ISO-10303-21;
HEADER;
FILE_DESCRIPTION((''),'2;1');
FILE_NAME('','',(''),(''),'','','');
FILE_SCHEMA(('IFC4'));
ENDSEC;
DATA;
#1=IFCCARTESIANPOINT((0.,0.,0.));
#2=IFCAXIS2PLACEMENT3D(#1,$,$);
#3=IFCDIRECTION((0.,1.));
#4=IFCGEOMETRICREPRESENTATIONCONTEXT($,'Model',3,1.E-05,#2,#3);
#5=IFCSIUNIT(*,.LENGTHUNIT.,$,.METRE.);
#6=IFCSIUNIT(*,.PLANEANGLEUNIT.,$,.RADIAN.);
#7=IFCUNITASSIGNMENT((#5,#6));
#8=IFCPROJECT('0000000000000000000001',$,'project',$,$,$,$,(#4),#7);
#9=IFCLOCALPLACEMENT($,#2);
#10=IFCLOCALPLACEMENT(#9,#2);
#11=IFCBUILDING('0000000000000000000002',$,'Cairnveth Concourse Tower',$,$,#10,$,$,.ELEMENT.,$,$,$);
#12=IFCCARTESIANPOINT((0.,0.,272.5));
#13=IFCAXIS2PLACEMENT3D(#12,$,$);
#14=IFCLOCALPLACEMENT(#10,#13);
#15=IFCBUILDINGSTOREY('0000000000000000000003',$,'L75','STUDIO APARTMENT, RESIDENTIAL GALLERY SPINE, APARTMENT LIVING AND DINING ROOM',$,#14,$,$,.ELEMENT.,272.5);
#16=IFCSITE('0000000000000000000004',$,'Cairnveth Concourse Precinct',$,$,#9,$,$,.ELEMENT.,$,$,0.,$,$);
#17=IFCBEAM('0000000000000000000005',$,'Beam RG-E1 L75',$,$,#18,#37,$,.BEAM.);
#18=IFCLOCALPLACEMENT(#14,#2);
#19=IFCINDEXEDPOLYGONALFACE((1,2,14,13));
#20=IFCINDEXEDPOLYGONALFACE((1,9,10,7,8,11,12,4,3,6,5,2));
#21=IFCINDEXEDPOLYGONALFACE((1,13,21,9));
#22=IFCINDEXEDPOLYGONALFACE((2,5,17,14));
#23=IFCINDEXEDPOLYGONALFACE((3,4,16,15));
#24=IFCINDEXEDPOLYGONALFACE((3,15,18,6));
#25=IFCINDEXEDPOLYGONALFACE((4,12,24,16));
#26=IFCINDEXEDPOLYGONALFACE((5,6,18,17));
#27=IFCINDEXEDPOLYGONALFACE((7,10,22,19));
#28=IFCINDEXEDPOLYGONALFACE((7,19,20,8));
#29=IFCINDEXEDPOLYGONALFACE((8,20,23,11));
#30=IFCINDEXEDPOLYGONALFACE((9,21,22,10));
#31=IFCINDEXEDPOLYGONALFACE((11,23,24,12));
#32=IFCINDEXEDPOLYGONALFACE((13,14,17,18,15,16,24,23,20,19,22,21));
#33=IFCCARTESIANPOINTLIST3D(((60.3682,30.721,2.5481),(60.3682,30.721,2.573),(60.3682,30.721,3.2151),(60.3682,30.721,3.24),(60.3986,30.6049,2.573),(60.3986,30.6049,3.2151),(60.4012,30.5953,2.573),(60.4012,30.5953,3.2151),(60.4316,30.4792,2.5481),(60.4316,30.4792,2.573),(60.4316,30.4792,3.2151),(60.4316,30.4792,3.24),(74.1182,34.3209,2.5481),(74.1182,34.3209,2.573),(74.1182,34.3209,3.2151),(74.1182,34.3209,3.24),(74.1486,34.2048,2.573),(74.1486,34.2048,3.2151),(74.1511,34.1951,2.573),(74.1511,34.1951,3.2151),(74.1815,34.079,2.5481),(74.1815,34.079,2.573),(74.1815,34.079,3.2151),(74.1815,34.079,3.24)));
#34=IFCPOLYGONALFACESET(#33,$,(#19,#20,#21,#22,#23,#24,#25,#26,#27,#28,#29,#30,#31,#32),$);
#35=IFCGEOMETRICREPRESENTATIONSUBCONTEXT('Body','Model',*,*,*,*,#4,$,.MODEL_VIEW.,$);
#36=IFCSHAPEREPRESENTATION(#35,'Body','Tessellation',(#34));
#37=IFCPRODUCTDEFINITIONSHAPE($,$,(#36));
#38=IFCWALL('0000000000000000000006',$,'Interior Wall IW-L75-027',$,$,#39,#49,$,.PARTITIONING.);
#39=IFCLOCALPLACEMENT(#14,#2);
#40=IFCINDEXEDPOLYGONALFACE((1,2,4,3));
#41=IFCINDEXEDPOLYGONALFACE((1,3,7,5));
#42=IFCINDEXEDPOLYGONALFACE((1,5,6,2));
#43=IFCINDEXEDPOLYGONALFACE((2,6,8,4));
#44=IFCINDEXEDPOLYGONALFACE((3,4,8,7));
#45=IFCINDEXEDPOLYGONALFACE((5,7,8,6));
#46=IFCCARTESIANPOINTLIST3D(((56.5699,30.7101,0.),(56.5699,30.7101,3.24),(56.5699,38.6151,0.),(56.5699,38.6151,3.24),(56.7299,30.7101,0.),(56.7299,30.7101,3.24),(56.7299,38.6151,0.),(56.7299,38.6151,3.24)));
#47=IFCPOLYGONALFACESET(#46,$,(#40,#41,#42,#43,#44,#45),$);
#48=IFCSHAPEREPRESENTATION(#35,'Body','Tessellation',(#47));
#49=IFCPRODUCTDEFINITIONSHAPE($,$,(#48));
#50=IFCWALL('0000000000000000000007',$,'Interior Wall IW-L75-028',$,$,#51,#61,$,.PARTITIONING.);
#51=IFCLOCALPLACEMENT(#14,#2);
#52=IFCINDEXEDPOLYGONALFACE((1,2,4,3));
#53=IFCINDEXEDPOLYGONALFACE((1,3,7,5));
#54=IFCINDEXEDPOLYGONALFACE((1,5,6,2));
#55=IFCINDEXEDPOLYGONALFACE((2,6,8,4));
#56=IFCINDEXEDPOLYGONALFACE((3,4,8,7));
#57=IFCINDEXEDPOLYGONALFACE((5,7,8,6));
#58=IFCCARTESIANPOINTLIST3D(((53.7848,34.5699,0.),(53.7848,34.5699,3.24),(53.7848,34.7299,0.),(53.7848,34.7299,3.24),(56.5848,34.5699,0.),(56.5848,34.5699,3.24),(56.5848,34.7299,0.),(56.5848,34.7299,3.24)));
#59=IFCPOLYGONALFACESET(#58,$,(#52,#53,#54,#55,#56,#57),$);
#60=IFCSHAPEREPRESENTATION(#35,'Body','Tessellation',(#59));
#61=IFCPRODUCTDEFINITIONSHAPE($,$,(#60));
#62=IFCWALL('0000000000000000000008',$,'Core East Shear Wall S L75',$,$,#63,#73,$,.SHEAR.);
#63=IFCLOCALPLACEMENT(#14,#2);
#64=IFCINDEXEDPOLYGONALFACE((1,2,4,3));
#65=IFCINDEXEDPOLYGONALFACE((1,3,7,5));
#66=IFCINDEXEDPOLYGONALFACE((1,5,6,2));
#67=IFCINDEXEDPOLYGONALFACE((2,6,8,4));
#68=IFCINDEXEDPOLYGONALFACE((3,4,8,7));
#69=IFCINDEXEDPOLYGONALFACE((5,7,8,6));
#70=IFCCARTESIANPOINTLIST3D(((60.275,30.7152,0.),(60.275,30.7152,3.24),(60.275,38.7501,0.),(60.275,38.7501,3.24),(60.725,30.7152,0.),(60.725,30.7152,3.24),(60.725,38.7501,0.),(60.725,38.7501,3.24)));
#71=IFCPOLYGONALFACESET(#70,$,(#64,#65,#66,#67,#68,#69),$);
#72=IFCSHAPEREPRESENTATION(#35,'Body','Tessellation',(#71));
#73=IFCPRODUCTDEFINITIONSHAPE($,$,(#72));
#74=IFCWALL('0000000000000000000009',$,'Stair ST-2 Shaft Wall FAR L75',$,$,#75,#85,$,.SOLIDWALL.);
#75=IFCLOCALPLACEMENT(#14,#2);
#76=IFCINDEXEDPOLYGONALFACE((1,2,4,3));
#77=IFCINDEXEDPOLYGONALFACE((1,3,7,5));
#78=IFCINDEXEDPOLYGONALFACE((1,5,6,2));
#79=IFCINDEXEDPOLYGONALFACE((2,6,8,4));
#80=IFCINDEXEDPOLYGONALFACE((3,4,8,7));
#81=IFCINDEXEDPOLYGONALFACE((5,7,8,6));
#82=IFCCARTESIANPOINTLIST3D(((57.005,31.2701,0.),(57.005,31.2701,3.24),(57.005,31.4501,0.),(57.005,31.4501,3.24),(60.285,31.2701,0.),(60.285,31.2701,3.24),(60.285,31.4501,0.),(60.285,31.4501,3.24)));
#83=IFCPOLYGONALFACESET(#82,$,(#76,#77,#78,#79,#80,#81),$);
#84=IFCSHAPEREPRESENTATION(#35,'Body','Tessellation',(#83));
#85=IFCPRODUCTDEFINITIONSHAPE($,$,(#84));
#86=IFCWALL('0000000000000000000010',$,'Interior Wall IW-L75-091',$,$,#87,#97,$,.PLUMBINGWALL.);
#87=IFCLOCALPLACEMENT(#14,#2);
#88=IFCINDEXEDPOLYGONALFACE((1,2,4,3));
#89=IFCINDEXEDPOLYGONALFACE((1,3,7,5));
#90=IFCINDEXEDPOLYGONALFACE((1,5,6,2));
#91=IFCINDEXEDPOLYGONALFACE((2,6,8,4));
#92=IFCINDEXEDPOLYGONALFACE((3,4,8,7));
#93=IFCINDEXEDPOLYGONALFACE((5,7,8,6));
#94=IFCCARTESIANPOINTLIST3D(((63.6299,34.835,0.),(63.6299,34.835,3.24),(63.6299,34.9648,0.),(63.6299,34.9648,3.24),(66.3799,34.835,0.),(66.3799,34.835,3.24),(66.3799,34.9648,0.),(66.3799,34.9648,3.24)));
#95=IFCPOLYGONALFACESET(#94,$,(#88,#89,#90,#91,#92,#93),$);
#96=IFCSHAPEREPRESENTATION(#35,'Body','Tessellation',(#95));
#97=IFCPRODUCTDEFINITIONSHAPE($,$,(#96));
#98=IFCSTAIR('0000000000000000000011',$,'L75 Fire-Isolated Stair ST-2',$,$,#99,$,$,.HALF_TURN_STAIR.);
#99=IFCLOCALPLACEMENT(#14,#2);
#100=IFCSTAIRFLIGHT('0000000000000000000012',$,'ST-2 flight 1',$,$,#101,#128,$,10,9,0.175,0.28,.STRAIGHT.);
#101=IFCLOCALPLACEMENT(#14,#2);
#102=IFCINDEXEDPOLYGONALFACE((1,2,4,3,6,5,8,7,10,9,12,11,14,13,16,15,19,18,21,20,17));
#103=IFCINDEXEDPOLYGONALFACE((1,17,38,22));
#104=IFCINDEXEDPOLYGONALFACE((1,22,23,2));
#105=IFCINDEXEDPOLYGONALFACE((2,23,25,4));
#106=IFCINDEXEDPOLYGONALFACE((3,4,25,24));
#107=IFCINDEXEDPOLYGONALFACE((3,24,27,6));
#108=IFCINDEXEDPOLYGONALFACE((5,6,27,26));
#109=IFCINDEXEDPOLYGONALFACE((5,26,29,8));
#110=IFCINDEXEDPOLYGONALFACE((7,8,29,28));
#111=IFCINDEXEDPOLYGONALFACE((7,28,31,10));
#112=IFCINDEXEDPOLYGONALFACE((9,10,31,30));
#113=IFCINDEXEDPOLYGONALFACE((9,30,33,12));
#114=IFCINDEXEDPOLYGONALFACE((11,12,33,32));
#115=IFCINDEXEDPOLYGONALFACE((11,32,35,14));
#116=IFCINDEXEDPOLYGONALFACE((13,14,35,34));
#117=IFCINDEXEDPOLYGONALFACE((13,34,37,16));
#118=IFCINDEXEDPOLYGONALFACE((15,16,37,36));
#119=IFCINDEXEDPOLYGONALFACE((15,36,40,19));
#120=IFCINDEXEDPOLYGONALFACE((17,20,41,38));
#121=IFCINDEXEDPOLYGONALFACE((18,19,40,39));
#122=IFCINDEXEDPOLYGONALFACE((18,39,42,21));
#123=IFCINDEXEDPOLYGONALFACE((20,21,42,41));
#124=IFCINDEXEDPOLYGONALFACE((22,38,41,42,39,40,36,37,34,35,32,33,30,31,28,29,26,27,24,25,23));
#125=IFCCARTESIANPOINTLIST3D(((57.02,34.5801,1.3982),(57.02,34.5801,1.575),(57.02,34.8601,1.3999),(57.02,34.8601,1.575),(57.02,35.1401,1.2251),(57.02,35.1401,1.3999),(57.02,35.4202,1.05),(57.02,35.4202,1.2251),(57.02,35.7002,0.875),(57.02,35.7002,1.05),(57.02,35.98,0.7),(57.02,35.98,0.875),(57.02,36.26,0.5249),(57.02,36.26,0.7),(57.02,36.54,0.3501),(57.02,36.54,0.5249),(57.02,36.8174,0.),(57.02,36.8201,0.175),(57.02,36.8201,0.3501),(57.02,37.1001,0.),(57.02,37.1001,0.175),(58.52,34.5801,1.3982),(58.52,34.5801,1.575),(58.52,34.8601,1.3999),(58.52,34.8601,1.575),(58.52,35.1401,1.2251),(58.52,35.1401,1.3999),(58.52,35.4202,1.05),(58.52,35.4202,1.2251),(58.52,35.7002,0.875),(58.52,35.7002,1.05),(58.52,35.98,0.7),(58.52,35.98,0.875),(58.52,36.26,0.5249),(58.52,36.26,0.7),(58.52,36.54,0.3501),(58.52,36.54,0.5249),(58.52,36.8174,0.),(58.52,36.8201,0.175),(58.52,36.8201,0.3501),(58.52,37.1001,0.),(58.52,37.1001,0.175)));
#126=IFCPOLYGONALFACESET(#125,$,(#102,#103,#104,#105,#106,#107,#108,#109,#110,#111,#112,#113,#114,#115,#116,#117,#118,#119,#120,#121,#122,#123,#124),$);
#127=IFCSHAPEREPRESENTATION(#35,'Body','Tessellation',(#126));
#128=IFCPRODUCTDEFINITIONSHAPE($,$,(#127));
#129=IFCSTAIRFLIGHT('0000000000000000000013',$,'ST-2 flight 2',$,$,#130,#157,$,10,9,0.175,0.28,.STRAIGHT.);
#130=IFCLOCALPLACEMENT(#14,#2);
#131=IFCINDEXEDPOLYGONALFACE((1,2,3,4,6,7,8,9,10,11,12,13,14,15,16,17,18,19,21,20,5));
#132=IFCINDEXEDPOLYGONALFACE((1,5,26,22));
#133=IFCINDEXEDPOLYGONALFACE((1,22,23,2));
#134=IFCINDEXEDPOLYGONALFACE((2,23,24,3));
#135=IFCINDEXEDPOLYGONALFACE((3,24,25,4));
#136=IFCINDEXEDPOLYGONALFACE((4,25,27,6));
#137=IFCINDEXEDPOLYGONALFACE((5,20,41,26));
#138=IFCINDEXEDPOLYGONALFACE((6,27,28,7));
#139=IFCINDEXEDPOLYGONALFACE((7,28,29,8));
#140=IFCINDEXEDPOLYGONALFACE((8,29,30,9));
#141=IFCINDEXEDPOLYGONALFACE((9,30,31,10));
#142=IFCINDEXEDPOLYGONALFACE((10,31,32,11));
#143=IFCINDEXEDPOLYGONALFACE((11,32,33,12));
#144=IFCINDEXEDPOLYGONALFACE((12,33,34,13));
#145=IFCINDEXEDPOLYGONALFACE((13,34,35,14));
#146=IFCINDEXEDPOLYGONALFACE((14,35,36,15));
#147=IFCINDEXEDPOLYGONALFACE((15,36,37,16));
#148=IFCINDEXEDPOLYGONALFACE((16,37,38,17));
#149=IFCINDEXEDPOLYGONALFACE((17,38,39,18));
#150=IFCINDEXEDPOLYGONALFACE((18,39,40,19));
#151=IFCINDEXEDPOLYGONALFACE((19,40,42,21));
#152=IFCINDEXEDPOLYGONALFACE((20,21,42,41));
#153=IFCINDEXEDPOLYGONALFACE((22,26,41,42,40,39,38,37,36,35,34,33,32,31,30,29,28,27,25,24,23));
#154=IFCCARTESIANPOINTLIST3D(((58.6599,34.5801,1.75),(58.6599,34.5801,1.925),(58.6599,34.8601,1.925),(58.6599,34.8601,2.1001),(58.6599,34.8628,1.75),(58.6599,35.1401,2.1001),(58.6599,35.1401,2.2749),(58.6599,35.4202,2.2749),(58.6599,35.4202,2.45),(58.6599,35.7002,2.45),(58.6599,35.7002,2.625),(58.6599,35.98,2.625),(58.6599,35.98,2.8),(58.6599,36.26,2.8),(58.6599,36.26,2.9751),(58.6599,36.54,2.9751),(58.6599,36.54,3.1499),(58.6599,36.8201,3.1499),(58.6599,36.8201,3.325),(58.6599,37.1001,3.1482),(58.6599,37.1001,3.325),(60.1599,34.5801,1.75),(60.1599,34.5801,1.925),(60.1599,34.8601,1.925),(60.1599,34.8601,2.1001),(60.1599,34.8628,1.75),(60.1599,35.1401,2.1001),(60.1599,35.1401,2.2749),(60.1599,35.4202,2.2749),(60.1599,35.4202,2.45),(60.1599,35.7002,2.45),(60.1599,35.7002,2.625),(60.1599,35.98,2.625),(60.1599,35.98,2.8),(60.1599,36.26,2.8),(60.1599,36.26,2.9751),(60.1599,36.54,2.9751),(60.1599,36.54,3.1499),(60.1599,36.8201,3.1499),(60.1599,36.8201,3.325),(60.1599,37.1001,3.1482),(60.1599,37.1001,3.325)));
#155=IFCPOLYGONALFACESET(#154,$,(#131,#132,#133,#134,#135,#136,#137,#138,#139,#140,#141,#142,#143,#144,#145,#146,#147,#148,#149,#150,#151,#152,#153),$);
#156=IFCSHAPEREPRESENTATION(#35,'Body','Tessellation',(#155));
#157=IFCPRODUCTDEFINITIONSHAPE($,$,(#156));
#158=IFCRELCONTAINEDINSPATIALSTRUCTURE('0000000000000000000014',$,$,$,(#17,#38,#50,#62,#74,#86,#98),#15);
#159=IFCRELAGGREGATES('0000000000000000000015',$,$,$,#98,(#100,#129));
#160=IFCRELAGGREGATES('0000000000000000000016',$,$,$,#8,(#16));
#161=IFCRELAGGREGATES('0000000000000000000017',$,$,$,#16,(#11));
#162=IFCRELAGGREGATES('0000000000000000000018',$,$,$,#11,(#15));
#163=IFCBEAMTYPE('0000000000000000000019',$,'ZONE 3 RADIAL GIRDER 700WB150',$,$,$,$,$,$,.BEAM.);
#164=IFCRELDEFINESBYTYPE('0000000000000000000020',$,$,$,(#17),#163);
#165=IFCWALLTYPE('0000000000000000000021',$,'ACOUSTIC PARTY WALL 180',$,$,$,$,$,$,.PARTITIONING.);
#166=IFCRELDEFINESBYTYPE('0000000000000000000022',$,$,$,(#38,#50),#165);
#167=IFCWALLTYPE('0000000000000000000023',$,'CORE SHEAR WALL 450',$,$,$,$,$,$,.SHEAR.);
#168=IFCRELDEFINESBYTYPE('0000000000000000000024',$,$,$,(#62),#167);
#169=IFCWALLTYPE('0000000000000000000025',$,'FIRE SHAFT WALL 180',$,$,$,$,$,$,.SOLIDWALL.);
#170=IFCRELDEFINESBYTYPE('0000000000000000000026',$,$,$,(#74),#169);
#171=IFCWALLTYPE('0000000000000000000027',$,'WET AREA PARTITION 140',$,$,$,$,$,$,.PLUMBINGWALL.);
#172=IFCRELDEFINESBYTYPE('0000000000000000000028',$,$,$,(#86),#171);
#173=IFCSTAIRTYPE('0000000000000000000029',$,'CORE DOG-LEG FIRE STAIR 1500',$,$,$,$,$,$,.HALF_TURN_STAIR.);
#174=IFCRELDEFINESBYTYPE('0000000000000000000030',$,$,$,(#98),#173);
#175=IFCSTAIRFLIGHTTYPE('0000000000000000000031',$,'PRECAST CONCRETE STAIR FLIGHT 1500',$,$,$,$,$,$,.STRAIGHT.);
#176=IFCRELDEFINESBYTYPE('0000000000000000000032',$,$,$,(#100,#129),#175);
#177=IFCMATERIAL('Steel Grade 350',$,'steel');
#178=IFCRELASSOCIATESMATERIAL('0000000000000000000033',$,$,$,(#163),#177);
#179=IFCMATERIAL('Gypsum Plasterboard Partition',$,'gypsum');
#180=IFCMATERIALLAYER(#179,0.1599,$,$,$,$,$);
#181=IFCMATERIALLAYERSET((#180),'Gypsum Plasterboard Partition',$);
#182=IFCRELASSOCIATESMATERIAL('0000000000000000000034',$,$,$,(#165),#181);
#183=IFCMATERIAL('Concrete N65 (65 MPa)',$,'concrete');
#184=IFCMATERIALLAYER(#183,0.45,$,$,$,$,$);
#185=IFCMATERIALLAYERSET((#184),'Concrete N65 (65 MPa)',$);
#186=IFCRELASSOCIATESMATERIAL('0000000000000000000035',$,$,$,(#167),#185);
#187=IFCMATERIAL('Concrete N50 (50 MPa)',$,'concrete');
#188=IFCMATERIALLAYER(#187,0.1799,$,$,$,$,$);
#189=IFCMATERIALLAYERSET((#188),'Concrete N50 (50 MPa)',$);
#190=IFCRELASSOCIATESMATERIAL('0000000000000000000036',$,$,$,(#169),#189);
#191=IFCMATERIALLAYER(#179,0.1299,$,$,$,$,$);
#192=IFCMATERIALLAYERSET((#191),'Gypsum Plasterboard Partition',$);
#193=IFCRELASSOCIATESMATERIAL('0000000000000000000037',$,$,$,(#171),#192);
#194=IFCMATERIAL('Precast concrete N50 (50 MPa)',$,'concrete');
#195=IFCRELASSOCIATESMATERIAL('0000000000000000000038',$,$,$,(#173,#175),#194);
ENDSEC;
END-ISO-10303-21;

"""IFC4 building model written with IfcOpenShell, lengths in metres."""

from ifc_helpers import new_model, si_unit, direction, frame, frame_2d, origin, origin_2d, place, context, subcontext, project, spatial, polyline, rectangle, i_section, outline, extrude, material, layer, layer_set, material_profile, profile_set, type_object, element, aggregate, save


model = new_model("IFC4")

# Units and contexts
model_context = context("Model", 3, precision=1e-05, world=origin(), true_north=direction((0.0, 1.0)))
body_context = subcontext(model_context, "Body", "Model", "MODEL_VIEW")
ifc_project = project(units=[si_unit("LENGTHUNIT", "METRE"), si_unit("PLANEANGLEUNIT", "RADIAN")], contexts=[model_context])

# Site, building, storey
site_placement = place(None, origin())
site = spatial("IfcSite", under=ifc_project, at=site_placement, Name="Cairnveth Concourse Precinct", CompositionType="ELEMENT", RefElevation=0.0)
building_placement = place(site_placement, origin())
building = spatial("IfcBuilding", under=site, at=building_placement, Name="Cairnveth Concourse Tower", CompositionType="ELEMENT")
storey_placement = place(building_placement, frame((0.0, 0.0, 272.5)))
storey = spatial("IfcBuildingStorey", under=building, at=storey_placement, Name="L75", Description="STUDIO APARTMENT, RESIDENTIAL GALLERY SPINE, APARTMENT LIVING AND DINING ROOM", CompositionType="ELEMENT", Elevation=272.5)

# Beam
ifc_material_1 = material(Name="Steel Grade 350", Category="steel")
ifc_material_profile = material_profile(ifc_material_1, i_section(OverallWidth=0.25, OverallDepth=0.6919, WebThickness=0.01, FlangeThickness=0.0249, at=origin_2d()), Name="700WB150")
ifc_profile_set = profile_set([ifc_material_profile], Name="Steel Grade 350")
beam_type = type_object("IfcBeamType", Name="ZONE 3 RADIAL GIRDER 700WB150", PredefinedType="BEAM", material=ifc_profile_set)
beam_placement = place(storey_placement, frame((60.3999, 30.6001, 2.894), z_axis=(0.967395, 0.253271, 0.0), x_axis=(-0.253271, 0.967395, 0.0)))
element("IfcBeam", 1, at=beam_placement, inside=storey, type_object=beam_type, Name="Beam RG-E1 L75", PredefinedType="BEAM", context=body_context, shape_type="SweptSolid", body=[
    extrude(i_section(OverallWidth=0.25, OverallDepth=0.6919, WebThickness=0.01, FlangeThickness=0.0249, at=origin_2d()), origin(), (0.0, 0.0, 1.0), 14.2134),
])

# Walls
ifc_material_2 = material(Name="Gypsum Plasterboard Partition", Category="gypsum")
ifc_layer_1 = layer(ifc_material_2, 0.1599)
ifc_layer_set_1 = layer_set([ifc_layer_1], Name="Gypsum Plasterboard Partition")
wall_type_1 = type_object("IfcWallType", Name="ACOUSTIC PARTY WALL 180", PredefinedType="PARTITIONING", material=ifc_layer_set_1)
wall_1_placement = place(storey_placement, frame((56.6499, 30.71, 0.0), z_axis=(0.0, 0.0, 1.0), x_axis=(0.0, 1.0, 0.0)))
element("IfcWall", 2, at=wall_1_placement, inside=storey, type_object=wall_type_1, Name="Interior Wall IW-L75-027", PredefinedType="PARTITIONING", context=body_context, shape_type="SweptSolid", body=[
    extrude(rectangle(XDim=7.905, YDim=0.1599, at=frame_2d((3.9526, 0.0))), origin(), (0.0, 0.0, 1.0), 3.24),
])
wall_2_placement = place(storey_placement, frame((53.7849, 34.6499, 0.0), z_axis=(0.0, 0.0, 1.0), x_axis=(1.0, 0.0, 0.0)))
element("IfcWall", 3, at=wall_2_placement, inside=storey, type_object=wall_type_1, Name="Interior Wall IW-L75-028", PredefinedType="PARTITIONING", context=body_context, shape_type="SweptSolid", body=[
    extrude(rectangle(XDim=2.8, YDim=0.1599, at=frame_2d((1.3999, 0.0))), origin(), (0.0, 0.0, 1.0), 3.24),
])
ifc_material_3 = material(Name="Concrete N65 (65 MPa)", Category="concrete")
ifc_layer_2 = layer(ifc_material_3, 0.45)
ifc_layer_set_2 = layer_set([ifc_layer_2], Name="Concrete N65 (65 MPa)")
wall_type_2 = type_object("IfcWallType", Name="CORE SHEAR WALL 450", PredefinedType="SHEAR", material=ifc_layer_set_2)
wall_3_placement = place(storey_placement, frame((60.5, 30.7151, 0.0), z_axis=(0.0, 0.0, 1.0), x_axis=(0.0, 1.0, 0.0)))
element("IfcWall", 4, at=wall_3_placement, inside=storey, type_object=wall_type_2, Name="Core East Shear Wall S L75", PredefinedType="SHEAR", context=body_context, shape_type="SweptSolid", body=[
    extrude(rectangle(XDim=8.0349, YDim=0.45, at=frame_2d((4.0176, 0.0))), origin(), (0.0, 0.0, 1.0), 3.24),
])

# Shared definitions
ifc_material_4 = material(Name="Concrete N50 (50 MPa)", Category="concrete")
ifc_layer_3 = layer(ifc_material_4, 0.1799)
ifc_layer_set_3 = layer_set([ifc_layer_3], Name="Concrete N50 (50 MPa)")
wall_type_3 = type_object("IfcWallType", Name="FIRE SHAFT WALL 180", PredefinedType="SOLIDWALL", material=ifc_layer_set_3)

# Wall
wall_4_placement = place(storey_placement, frame((57.0049, 31.3601, 0.0), z_axis=(0.0, 0.0, 1.0), x_axis=(1.0, 0.0, 0.0)))
element("IfcWall", 5, at=wall_4_placement, inside=storey, type_object=wall_type_3, Name="Stair ST-2 Shaft Wall FAR L75", PredefinedType="SOLIDWALL", context=body_context, shape_type="SweptSolid", body=[
    extrude(rectangle(XDim=3.28, YDim=0.1799, at=frame_2d((1.6401, 0.0))), origin(), (0.0, 0.0, 1.0), 3.24),
])

# Wall
ifc_layer_4 = layer(ifc_material_2, 0.1299)
ifc_layer_set_4 = layer_set([ifc_layer_4], Name="Gypsum Plasterboard Partition")
wall_type_4 = type_object("IfcWallType", Name="WET AREA PARTITION 140", PredefinedType="PLUMBINGWALL", material=ifc_layer_set_4)
wall_5_placement = place(storey_placement, frame((63.6299, 34.8999, 0.0), z_axis=(0.0, 0.0, 1.0), x_axis=(1.0, 0.0, 0.0)))
element("IfcWall", 6, at=wall_5_placement, inside=storey, type_object=wall_type_4, Name="Interior Wall IW-L75-091", PredefinedType="PLUMBINGWALL", context=body_context, shape_type="SweptSolid", body=[
    extrude(rectangle(XDim=2.75, YDim=0.1299, at=frame_2d((1.375, 0.0))), origin(), (0.0, 0.0, 1.0), 3.24),
])

# Stair, stair flights
ifc_material_5 = material(Name="Precast concrete N50 (50 MPa)", Category="concrete")
stair_type = type_object("IfcStairType", Name="CORE DOG-LEG FIRE STAIR 1500", PredefinedType="HALF_TURN_STAIR", material=ifc_material_5)
stair_placement = place(storey_placement, origin())
stair = element("IfcStair", 7, at=stair_placement, inside=storey, type_object=stair_type, Name="L75 Fire-Isolated Stair ST-2", PredefinedType="HALF_TURN_STAIR")
stair_flight_type = type_object("IfcStairFlightType", Name="PRECAST CONCRETE STAIR FLIGHT 1500", PredefinedType="STRAIGHT", material=ifc_material_5)
stair_flight_1_placement = place(storey_placement, frame((57.77, 37.1001, 0.0), z_axis=(0.0, 0.0, 1.0), x_axis=(0.0, -1.0, 0.0)))
stair_flight_1 = element("IfcStairFlight", 8, at=stair_flight_1_placement, type_object=stair_flight_type, Name="ST-2 flight 1", NumberOfRisers=10, NumberOfTreads=9, PredefinedType="STRAIGHT", RiserHeight=0.175, TreadLength=0.28, context=body_context, shape_type="SweptSolid", body=[
    extrude(outline(polyline([(0.0, 0.0), (0.0, 0.175), (0.28, 0.175), (0.28, 0.3501), (0.5601, 0.3501), (0.5601, 0.5249), (0.8401, 0.5249), (0.8401, 0.7), (1.1201, 0.7), (1.1201, 0.875), (1.3999, 0.875), (1.3999, 1.05), (1.6799, 1.05), (1.6799, 1.2251), (1.96, 1.2251), (1.96, 1.3999), (2.24, 1.3999), (2.24, 1.575), (2.52, 1.575), (2.52, 1.75), (2.52, 1.3982), (0.2827, 0.0), (0.0, 0.0)])), frame((0.0, 0.75, 0.0), z_axis=(0.0, -1.0, 0.0), x_axis=(1.0, 0.0, 0.0)), (0.0, 0.0, 1.0), 1.5),
])
stair_flight_2_placement = place(storey_placement, frame((59.4099, 34.5801, 1.75), z_axis=(0.0, 0.0, 1.0), x_axis=(0.0, 1.0, 0.0)))
stair_flight_2 = element("IfcStairFlight", 9, at=stair_flight_2_placement, type_object=stair_flight_type, Name="ST-2 flight 2", NumberOfRisers=10, NumberOfTreads=9, PredefinedType="STRAIGHT", RiserHeight=0.175, TreadLength=0.28, context=body_context, shape_type="SweptSolid", body=[
    extrude(outline(polyline([(0.0, 0.0), (0.0, 0.175), (0.28, 0.175), (0.28, 0.3501), (0.5601, 0.3501), (0.5601, 0.5249), (0.8401, 0.5249), (0.8401, 0.7), (1.1201, 0.7), (1.1201, 0.875), (1.3999, 0.875), (1.3999, 1.05), (1.6799, 1.05), (1.6799, 1.2251), (1.96, 1.2251), (1.96, 1.3999), (2.24, 1.3999), (2.24, 1.575), (2.52, 1.575), (2.52, 1.75), (2.52, 1.3982), (0.2827, 0.0), (0.0, 0.0)])), frame((0.0, 0.75, 0.0), z_axis=(0.0, -1.0, 0.0), x_axis=(1.0, 0.0, 0.0)), (0.0, 0.0, 1.0), 1.5),
])
aggregate(stair, [stair_flight_1, stair_flight_2])

save(model, "model.ifc")
